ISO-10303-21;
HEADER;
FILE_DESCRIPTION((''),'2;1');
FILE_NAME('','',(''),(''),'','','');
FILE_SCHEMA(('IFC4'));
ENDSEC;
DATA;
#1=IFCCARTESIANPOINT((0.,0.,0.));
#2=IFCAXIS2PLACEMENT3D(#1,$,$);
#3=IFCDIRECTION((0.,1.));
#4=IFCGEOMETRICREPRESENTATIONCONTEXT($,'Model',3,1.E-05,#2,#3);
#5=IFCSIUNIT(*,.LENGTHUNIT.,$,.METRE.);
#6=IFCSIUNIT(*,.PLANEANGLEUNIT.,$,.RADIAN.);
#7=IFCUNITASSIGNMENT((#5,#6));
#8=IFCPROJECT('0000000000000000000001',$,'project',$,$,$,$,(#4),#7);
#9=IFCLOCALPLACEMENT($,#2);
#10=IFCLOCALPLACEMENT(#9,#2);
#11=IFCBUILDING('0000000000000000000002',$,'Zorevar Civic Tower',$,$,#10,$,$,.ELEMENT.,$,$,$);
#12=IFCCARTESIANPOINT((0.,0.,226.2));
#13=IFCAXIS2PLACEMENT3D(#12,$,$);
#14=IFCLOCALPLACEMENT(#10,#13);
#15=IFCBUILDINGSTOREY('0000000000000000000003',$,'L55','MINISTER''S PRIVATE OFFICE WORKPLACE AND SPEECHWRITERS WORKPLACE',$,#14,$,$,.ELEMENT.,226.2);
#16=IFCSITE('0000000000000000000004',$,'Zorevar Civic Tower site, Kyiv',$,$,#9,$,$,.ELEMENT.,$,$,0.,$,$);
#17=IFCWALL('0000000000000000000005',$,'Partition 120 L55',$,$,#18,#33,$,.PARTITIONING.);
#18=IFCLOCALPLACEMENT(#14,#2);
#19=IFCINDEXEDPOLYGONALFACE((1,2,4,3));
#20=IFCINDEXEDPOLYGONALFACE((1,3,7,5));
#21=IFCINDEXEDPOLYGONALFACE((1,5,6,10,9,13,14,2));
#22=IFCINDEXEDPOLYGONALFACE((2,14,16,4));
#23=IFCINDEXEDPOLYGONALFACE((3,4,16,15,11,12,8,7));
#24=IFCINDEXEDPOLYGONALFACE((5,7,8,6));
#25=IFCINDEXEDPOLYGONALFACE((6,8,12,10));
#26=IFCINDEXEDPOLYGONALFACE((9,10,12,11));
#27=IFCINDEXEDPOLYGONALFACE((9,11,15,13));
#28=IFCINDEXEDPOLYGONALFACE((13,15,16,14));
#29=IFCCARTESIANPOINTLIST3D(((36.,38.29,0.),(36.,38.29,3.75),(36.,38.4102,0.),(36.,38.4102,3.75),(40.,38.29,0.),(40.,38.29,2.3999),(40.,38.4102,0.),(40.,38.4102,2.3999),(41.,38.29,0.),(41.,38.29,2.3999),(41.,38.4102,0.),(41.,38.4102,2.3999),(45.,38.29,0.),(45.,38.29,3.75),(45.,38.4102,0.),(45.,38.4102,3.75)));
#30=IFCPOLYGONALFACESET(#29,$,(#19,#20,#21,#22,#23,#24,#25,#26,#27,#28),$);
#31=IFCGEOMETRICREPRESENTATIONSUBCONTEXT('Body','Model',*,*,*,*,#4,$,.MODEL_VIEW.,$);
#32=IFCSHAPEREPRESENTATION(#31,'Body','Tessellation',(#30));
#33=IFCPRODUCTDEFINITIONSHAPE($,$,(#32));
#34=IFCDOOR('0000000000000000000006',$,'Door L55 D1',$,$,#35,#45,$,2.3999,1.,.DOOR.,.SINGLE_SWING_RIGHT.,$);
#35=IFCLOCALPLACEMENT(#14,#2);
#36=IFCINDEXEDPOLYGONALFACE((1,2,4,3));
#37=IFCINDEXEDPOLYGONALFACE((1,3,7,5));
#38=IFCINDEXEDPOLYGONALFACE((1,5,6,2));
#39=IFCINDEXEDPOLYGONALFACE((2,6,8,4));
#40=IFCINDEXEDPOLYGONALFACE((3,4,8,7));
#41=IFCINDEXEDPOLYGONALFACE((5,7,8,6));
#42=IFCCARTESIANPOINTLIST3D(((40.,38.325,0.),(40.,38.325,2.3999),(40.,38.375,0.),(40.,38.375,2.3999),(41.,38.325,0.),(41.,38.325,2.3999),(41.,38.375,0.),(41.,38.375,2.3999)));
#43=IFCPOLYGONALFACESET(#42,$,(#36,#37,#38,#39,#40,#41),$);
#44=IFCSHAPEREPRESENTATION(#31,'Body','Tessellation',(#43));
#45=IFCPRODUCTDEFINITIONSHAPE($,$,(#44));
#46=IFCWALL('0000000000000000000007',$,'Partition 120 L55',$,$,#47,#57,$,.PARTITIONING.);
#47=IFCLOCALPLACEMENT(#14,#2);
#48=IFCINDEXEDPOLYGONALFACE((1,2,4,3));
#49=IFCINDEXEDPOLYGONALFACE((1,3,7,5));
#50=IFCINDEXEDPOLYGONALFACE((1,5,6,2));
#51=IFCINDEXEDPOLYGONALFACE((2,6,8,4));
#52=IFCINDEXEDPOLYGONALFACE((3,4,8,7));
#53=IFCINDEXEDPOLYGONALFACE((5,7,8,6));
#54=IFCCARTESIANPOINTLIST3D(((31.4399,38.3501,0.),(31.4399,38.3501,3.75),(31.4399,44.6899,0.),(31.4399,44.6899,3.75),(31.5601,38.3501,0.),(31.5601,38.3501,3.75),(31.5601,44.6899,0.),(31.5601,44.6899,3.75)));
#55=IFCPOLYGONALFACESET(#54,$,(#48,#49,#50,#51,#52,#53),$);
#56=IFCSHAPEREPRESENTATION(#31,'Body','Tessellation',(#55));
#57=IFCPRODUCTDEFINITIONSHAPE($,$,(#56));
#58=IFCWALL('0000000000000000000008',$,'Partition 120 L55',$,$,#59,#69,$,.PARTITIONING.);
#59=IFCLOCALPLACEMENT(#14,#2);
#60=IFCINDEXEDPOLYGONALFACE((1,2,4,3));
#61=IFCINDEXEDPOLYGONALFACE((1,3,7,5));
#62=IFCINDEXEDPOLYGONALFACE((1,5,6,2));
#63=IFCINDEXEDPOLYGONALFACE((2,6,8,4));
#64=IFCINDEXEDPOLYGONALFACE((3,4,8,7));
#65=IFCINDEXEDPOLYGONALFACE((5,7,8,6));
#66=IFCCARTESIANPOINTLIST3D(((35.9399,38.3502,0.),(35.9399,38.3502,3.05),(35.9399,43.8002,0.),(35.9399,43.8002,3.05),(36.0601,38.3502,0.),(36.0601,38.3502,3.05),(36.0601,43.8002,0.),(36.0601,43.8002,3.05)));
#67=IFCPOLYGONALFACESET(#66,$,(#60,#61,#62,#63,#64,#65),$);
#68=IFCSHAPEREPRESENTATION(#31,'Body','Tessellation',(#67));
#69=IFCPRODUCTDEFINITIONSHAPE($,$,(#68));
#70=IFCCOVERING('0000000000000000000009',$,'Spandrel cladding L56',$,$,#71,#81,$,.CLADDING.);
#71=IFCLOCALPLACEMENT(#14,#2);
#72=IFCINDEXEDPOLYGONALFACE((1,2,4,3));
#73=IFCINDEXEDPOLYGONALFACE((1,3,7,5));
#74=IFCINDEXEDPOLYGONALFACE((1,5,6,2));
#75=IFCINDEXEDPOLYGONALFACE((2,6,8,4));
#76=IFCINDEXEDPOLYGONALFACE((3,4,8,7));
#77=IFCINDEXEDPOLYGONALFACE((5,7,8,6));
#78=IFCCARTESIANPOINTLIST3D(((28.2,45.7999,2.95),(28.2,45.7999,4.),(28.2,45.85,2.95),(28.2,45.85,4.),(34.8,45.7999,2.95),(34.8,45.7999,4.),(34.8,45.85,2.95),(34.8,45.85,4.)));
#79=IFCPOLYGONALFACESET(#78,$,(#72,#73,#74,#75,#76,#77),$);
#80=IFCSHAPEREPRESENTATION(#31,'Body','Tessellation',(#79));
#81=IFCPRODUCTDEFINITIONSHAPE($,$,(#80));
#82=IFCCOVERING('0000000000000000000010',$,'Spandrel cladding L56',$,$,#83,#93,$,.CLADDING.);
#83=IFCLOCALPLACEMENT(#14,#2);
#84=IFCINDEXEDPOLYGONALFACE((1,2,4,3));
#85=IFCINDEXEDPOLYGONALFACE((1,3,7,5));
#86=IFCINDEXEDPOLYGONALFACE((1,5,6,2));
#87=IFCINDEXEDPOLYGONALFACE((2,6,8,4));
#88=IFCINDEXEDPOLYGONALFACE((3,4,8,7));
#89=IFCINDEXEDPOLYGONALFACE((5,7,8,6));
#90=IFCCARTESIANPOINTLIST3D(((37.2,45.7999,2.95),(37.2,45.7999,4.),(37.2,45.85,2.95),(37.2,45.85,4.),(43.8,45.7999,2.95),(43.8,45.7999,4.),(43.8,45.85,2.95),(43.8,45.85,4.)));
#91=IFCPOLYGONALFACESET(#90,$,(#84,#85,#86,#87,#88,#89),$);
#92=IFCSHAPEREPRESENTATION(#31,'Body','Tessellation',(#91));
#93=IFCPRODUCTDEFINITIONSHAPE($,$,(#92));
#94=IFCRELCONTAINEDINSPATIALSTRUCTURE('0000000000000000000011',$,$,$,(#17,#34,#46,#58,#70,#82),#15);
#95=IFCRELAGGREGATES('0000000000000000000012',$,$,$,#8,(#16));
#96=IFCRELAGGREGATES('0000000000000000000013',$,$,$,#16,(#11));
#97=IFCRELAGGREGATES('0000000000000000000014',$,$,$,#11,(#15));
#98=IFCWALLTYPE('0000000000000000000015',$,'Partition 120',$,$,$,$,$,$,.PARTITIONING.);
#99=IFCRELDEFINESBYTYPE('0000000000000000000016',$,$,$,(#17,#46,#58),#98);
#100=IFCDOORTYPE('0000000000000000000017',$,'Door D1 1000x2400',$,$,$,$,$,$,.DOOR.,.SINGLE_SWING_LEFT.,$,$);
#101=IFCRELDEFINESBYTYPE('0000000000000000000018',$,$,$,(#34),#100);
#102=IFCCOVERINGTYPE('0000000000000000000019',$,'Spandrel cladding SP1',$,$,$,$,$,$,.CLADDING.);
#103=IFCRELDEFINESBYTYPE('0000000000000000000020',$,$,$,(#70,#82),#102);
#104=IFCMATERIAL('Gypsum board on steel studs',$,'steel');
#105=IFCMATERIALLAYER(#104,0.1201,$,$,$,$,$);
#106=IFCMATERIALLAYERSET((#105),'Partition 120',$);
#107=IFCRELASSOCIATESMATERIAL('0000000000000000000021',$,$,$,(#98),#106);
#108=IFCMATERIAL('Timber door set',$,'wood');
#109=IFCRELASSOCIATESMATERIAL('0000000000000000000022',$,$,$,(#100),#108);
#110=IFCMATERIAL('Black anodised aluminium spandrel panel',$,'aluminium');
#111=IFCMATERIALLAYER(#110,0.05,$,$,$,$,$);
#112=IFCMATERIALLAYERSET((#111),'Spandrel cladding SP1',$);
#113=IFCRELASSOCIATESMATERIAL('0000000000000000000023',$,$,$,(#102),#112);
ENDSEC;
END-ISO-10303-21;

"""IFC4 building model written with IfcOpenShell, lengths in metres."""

from ifc_helpers import new_model, si_unit, direction, frame, frame_2d, origin, place, context, subcontext, project, spatial, rectangle, extrude, material, layer, layer_set, type_object, element, fill, save


model = new_model("IFC4")

# Units and contexts
model_context = context("Model", 3, precision=1e-05, world=origin(), true_north=direction((0.0, 1.0)))
body_context = subcontext(model_context, "Body", "Model", "MODEL_VIEW")
ifc_project = project(units=[si_unit("LENGTHUNIT", "METRE"), si_unit("PLANEANGLEUNIT", "RADIAN")], contexts=[model_context])

# Site, building, storey
site_placement = place(None, origin())
site = spatial("IfcSite", under=ifc_project, at=site_placement, Name="Zorevar Civic Tower site, Kyiv", CompositionType="ELEMENT", RefElevation=0.0)
building_placement = place(site_placement, origin())
building = spatial("IfcBuilding", under=site, at=building_placement, Name="Zorevar Civic Tower", CompositionType="ELEMENT")
storey_placement = place(building_placement, frame((0.0, 0.0, 226.2)))
storey = spatial("IfcBuildingStorey", under=building, at=storey_placement, Name="L55", Description="MINISTER'S PRIVATE OFFICE WORKPLACE AND SPEECHWRITERS WORKPLACE", CompositionType="ELEMENT", Elevation=226.2)

# Wall, opening, door
ifc_material_1 = material(Name="Gypsum board on steel studs", Category="steel")
ifc_layer_1 = layer(ifc_material_1, 0.1201)
ifc_layer_set_1 = layer_set([ifc_layer_1], Name="Partition 120")
wall_type = type_object("IfcWallType", Name="Partition 120", PredefinedType="PARTITIONING", material=ifc_layer_set_1)
wall_1_placement = place(storey_placement, frame((36.0, 38.3501, 0.0), z_axis=(0.0, 0.0, 1.0), x_axis=(1.0, 0.0, 0.0)))
wall_1 = element("IfcWall", 1, at=wall_1_placement, inside=storey, type_object=wall_type, Name="Partition 120 L55", PredefinedType="PARTITIONING", context=body_context, shape_type="SweptSolid", body=[
    extrude(rectangle(XDim=9.0, YDim=0.1201, at=frame_2d((4.5, 0.0))), origin(), (0.0, 0.0, 1.0), 3.75),
])
opening_placement = place(wall_1_placement, frame((4.0, 0.0, 0.0)))
opening = element("IfcOpeningElement", 2, at=opening_placement, cuts=wall_1, PredefinedType="OPENING", context=body_context, shape_type="SweptSolid", body=[
    extrude(rectangle(XDim=1.0, YDim=2.3999, at=frame_2d((0.5, 1.2))), frame((0.0, 0.0701, 0.0), z_axis=(0.0, -1.0, 0.0), x_axis=(1.0, 0.0, 0.0)), (0.0, 0.0, 1.0), 0.1401),
])
ifc_material_2 = material(Name="Timber door set", Category="wood")
door_type = type_object("IfcDoorType", Name="Door D1 1000x2400", OperationType="SINGLE_SWING_LEFT", PredefinedType="DOOR", material=ifc_material_2)
door_placement = place(opening_placement, origin())
door = element("IfcDoor", 3, at=door_placement, inside=storey, type_object=door_type, Name="Door L55 D1", OperationType="SINGLE_SWING_RIGHT", OverallHeight=2.3999, OverallWidth=1.0, PredefinedType="DOOR", context=body_context, shape_type="SweptSolid", body=[
    extrude(rectangle(XDim=1.0, YDim=2.3999, at=frame_2d((0.5, 1.2))), frame((0.0, 0.0249, 0.0), z_axis=(0.0, -1.0, 0.0), x_axis=(1.0, 0.0, 0.0)), (0.0, 0.0, 1.0), 0.05),
])
fill(opening, door)

# Walls
wall_2_placement = place(storey_placement, frame((31.5, 38.3501, 0.0), z_axis=(0.0, 0.0, 1.0), x_axis=(0.0, 1.0, 0.0)))
element("IfcWall", 4, at=wall_2_placement, inside=storey, type_object=wall_type, Name="Partition 120 L55", PredefinedType="PARTITIONING", context=body_context, shape_type="SweptSolid", body=[
    extrude(rectangle(XDim=6.3398, YDim=0.1201, at=frame_2d((3.1699, 0.0))), origin(), (0.0, 0.0, 1.0), 3.75),
])
wall_3_placement = place(storey_placement, frame((36.0, 38.3501, 0.0), z_axis=(0.0, 0.0, 1.0), x_axis=(0.0, 1.0, 0.0)))
element("IfcWall", 5, at=wall_3_placement, inside=storey, type_object=wall_type, Name="Partition 120 L55", PredefinedType="PARTITIONING", context=body_context, shape_type="SweptSolid", body=[
    extrude(rectangle(XDim=5.45, YDim=0.1201, at=frame_2d((2.7251, 0.0))), origin(), (0.0, 0.0, 1.0), 3.05),
])

# Coverings
ifc_material_3 = material(Name="Black anodised aluminium spandrel panel", Category="aluminium")
ifc_layer_2 = layer(ifc_material_3, 0.05)
ifc_layer_set_2 = layer_set([ifc_layer_2], Name="Spandrel cladding SP1")
covering_type = type_object("IfcCoveringType", Name="Spandrel cladding SP1", PredefinedType="CLADDING", material=ifc_layer_set_2)
for number, where, z_axis, x_axis, name in (
    (6, (28.2, 45.825, 2.95), (0.0, 0.0, 1.0), (1.0, 0.0, 0.0), "Spandrel cladding L56"),
    (7, (37.2, 45.825, 2.95), (0.0, 0.0, 1.0), (1.0, 0.0, 0.0), "Spandrel cladding L56"),
):
    element("IfcCovering", number, at=place(storey_placement, frame(where, z_axis=z_axis, x_axis=x_axis)), inside=storey, type_object=covering_type, Name=name, PredefinedType="CLADDING", context=body_context, shape_type="SweptSolid", body=[
        extrude(rectangle(XDim=6.6001, YDim=0.05, at=frame_2d((3.3, 0.0))), origin(), (0.0, 0.0, 1.0), 1.05),
    ])

save(model, "model.ifc")
